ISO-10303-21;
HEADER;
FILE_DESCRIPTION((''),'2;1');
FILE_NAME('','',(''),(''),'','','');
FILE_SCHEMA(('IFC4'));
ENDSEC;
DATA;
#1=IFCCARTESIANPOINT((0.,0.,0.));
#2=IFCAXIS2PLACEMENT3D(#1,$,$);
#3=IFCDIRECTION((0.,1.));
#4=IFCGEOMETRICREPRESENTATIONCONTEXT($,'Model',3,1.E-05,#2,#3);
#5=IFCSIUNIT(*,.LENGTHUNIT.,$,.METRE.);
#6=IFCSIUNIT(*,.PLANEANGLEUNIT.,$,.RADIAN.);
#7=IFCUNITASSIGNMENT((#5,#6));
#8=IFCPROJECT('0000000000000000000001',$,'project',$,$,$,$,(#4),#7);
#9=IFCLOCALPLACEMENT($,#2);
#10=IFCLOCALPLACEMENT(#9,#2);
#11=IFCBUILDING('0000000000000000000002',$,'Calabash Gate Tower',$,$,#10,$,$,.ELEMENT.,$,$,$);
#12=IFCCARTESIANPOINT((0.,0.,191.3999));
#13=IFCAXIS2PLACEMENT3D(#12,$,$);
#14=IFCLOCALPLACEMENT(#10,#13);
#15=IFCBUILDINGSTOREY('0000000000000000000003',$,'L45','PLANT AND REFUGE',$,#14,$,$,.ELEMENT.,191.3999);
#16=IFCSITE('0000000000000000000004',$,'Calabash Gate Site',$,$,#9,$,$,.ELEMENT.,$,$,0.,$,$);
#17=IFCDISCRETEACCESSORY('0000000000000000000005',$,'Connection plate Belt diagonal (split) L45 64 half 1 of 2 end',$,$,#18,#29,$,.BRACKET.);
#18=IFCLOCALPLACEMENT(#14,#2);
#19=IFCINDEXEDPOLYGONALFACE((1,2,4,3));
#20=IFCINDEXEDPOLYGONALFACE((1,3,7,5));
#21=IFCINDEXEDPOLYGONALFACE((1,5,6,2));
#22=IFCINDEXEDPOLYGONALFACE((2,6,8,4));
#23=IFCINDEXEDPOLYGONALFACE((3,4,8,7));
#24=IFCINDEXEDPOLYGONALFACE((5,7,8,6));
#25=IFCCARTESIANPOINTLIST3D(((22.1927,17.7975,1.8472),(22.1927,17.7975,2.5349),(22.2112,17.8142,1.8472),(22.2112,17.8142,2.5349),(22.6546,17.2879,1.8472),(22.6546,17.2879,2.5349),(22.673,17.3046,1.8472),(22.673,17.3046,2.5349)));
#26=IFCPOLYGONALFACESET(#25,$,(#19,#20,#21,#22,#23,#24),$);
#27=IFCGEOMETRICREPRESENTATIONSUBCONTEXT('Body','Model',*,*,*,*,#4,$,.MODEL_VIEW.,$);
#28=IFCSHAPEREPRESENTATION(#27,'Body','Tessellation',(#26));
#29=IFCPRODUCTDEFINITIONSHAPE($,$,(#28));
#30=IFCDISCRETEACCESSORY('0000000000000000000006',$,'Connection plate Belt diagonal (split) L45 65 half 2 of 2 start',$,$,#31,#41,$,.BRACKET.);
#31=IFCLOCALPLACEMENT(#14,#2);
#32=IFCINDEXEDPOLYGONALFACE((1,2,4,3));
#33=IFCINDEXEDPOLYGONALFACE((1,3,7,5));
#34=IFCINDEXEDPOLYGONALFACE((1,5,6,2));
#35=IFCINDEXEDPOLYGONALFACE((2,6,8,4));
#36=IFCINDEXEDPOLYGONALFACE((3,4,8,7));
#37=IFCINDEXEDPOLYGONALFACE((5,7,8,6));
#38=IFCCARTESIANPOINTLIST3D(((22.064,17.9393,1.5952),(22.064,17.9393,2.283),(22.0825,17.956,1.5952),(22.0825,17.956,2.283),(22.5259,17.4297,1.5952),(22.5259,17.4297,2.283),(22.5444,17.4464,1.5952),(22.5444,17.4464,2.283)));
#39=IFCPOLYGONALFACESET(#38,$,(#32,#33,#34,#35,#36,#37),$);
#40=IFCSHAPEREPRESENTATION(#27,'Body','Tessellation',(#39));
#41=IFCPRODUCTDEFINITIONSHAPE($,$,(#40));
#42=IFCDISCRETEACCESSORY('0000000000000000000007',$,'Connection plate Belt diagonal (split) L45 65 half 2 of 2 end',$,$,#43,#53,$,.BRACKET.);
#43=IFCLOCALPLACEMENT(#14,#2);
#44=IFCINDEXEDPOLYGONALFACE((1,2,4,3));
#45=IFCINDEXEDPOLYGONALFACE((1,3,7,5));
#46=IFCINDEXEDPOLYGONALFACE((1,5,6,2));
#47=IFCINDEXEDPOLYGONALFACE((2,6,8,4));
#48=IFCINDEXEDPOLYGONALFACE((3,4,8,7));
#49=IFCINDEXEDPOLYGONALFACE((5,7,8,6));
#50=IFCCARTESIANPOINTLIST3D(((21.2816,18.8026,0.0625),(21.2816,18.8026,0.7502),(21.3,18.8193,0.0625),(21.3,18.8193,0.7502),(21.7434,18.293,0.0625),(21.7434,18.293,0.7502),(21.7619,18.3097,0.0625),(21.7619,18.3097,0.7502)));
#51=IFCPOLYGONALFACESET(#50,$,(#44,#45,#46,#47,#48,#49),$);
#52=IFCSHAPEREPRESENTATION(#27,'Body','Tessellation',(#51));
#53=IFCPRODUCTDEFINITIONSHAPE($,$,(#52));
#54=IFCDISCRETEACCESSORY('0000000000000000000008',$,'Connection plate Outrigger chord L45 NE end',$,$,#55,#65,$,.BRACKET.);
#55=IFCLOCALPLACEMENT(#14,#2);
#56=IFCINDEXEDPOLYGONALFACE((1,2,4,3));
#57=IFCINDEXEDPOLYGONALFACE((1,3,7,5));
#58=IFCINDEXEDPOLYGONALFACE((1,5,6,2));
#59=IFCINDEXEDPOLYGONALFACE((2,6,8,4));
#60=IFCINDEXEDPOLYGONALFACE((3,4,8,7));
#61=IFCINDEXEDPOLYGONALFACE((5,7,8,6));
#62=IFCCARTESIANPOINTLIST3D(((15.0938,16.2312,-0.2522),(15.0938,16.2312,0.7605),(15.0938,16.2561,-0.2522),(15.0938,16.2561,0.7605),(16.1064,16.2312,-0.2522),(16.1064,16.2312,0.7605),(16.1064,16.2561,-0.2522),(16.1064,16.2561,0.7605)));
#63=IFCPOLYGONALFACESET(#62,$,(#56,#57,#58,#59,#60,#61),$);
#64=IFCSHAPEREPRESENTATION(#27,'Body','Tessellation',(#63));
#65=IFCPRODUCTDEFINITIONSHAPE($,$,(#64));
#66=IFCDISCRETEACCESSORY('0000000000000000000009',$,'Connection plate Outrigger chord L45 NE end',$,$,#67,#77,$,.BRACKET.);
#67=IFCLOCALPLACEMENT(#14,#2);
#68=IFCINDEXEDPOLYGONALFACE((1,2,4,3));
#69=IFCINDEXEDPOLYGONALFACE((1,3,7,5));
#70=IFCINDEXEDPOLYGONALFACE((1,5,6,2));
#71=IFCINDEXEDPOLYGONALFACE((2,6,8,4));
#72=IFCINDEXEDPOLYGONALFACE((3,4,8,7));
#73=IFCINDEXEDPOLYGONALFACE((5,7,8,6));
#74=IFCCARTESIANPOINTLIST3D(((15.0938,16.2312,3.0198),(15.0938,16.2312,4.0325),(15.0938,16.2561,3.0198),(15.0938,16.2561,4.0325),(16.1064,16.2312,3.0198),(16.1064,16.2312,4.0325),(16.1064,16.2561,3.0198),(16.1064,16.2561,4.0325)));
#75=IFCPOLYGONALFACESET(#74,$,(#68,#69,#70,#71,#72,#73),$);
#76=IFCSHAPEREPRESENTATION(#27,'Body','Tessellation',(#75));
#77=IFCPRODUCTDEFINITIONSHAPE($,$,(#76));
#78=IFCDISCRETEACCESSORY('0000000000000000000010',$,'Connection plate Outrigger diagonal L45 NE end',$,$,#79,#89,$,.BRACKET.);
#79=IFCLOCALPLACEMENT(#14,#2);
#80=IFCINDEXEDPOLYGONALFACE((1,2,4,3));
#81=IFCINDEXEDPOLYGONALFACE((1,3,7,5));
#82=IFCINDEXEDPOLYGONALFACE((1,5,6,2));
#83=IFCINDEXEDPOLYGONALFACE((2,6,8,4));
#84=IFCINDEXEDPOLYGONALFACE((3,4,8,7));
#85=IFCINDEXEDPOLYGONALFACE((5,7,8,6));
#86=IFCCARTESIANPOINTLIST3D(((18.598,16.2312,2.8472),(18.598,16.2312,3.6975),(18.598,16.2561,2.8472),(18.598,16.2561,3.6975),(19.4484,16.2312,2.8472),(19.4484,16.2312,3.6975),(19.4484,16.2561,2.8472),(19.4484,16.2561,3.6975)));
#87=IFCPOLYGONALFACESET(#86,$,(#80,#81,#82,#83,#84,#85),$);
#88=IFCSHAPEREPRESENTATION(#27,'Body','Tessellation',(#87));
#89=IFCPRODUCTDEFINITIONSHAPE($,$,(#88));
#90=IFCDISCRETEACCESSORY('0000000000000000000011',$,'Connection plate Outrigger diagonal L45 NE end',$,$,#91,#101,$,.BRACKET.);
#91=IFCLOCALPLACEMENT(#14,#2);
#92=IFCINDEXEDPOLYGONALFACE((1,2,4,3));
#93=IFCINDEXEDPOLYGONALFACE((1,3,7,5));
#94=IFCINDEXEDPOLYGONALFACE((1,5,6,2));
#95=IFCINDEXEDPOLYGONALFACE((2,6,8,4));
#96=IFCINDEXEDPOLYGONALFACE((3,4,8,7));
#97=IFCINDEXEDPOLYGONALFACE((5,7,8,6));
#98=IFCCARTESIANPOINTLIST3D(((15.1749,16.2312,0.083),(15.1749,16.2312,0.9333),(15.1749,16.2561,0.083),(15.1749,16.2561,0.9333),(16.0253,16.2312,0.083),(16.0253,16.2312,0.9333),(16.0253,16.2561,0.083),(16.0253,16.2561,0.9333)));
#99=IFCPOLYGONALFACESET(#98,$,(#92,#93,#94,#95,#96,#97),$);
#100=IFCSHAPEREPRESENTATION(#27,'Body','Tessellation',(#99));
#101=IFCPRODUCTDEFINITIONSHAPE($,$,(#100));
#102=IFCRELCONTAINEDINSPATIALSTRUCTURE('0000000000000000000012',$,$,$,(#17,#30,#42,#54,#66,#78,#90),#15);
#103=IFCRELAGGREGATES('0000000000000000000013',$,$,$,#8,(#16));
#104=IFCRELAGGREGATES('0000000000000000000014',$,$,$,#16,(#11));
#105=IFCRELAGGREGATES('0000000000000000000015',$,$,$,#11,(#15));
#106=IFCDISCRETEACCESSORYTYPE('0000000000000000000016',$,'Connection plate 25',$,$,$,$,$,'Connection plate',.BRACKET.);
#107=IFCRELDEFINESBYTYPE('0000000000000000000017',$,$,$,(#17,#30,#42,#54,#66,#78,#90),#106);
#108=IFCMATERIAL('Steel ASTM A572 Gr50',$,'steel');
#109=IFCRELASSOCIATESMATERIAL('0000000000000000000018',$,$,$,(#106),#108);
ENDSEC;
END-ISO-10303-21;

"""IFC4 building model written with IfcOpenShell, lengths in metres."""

from ifc_helpers import new_model, si_unit, direction, frame, origin, origin_2d, place, context, subcontext, project, spatial, rectangle, extrude, material, type_object, element, save


model = new_model("IFC4")

# Units and contexts
model_context = context("Model", 3, precision=1e-05, world=origin(), true_north=direction((0.0, 1.0)))
body_context = subcontext(model_context, "Body", "Model", "MODEL_VIEW")
ifc_project = project(units=[si_unit("LENGTHUNIT", "METRE"), si_unit("PLANEANGLEUNIT", "RADIAN")], contexts=[model_context])

# Site, building, storey
site_placement = place(None, origin())
site = spatial("IfcSite", under=ifc_project, at=site_placement, Name="Calabash Gate Site", CompositionType="ELEMENT", RefElevation=0.0)
building_placement = place(site_placement, origin())
building = spatial("IfcBuilding", under=site, at=building_placement, Name="Calabash Gate Tower", CompositionType="ELEMENT")
storey_placement = place(building_placement, frame((0.0, 0.0, 191.3999)))
storey = spatial("IfcBuildingStorey", under=building, at=storey_placement, Name="L45", Description="PLANT AND REFUGE", CompositionType="ELEMENT", Elevation=191.3999)

# Discrete accessories
ifc_material_1 = material(Name="Steel ASTM A572 Gr50", Category="steel")
discrete_accessory_type = type_object("IfcDiscreteAccessoryType", Name="Connection plate 25", ElementType="Connection plate", PredefinedType="BRACKET", material=ifc_material_1)
for number, where, z_axis, x_axis, name in (
    (1, (22.4329, 17.551, 1.8472), (0.0, 0.0, 1.0), (-0.671554, 0.740956, 0.0), "Connection plate Belt diagonal (split) L45 64 half 1 of 2 end"),
    (2, (22.3042, 17.6929, 1.5952), (0.0, 0.0, 1.0), (-0.671554, 0.740955, 0.0), "Connection plate Belt diagonal (split) L45 65 half 2 of 2 start"),
    (3, (21.5217, 18.5562, 0.0625), (0.0, 0.0, 1.0), (-0.671554, 0.740955, 0.0), "Connection plate Belt diagonal (split) L45 65 half 2 of 2 end"),
):
    element("IfcDiscreteAccessory", number, at=place(storey_placement, frame(where, z_axis=z_axis, x_axis=x_axis)), inside=storey, type_object=discrete_accessory_type, Name=name, PredefinedType="BRACKET", context=body_context, shape_type="SweptSolid", body=[
        extrude(rectangle(XDim=0.6877, YDim=0.0249, at=origin_2d()), origin(), (0.0, 0.0, 1.0), 0.6877),
    ])
for number, where, z_axis, x_axis, name in (
    (4, (15.6001, 16.2437, -0.2522), (0.0, 0.0, 1.0), (-1.0, 0.0, 0.0), "Connection plate Outrigger chord L45 NE end"),
    (5, (15.6001, 16.2437, 3.0198), (0.0, 0.0, 1.0), (-1.0, 0.0, 0.0), "Connection plate Outrigger chord L45 NE end"),
):
    element("IfcDiscreteAccessory", number, at=place(storey_placement, frame(where, z_axis=z_axis, x_axis=x_axis)), inside=storey, type_object=discrete_accessory_type, Name=name, PredefinedType="BRACKET", context=body_context, shape_type="SweptSolid", body=[
        extrude(rectangle(XDim=1.0127, YDim=0.0249, at=origin_2d()), origin(), (0.0, 0.0, 1.0), 1.0127),
    ])
for number, where, z_axis, x_axis, name in (
    (6, (19.0232, 16.2437, 2.8472), (0.0, 0.0, 1.0), (-1.0, 0.0, 0.0), "Connection plate Outrigger diagonal L45 NE end"),
    (7, (15.6001, 16.2437, 0.083), (0.0, 0.0, 1.0), (-1.0, 0.0, 0.0), "Connection plate Outrigger diagonal L45 NE end"),
):
    element("IfcDiscreteAccessory", number, at=place(storey_placement, frame(where, z_axis=z_axis, x_axis=x_axis)), inside=storey, type_object=discrete_accessory_type, Name=name, PredefinedType="BRACKET", context=body_context, shape_type="SweptSolid", body=[
        extrude(rectangle(XDim=0.8503, YDim=0.0249, at=origin_2d()), origin(), (0.0, 0.0, 1.0), 0.8503),
    ])

save(model, "model.ifc")
